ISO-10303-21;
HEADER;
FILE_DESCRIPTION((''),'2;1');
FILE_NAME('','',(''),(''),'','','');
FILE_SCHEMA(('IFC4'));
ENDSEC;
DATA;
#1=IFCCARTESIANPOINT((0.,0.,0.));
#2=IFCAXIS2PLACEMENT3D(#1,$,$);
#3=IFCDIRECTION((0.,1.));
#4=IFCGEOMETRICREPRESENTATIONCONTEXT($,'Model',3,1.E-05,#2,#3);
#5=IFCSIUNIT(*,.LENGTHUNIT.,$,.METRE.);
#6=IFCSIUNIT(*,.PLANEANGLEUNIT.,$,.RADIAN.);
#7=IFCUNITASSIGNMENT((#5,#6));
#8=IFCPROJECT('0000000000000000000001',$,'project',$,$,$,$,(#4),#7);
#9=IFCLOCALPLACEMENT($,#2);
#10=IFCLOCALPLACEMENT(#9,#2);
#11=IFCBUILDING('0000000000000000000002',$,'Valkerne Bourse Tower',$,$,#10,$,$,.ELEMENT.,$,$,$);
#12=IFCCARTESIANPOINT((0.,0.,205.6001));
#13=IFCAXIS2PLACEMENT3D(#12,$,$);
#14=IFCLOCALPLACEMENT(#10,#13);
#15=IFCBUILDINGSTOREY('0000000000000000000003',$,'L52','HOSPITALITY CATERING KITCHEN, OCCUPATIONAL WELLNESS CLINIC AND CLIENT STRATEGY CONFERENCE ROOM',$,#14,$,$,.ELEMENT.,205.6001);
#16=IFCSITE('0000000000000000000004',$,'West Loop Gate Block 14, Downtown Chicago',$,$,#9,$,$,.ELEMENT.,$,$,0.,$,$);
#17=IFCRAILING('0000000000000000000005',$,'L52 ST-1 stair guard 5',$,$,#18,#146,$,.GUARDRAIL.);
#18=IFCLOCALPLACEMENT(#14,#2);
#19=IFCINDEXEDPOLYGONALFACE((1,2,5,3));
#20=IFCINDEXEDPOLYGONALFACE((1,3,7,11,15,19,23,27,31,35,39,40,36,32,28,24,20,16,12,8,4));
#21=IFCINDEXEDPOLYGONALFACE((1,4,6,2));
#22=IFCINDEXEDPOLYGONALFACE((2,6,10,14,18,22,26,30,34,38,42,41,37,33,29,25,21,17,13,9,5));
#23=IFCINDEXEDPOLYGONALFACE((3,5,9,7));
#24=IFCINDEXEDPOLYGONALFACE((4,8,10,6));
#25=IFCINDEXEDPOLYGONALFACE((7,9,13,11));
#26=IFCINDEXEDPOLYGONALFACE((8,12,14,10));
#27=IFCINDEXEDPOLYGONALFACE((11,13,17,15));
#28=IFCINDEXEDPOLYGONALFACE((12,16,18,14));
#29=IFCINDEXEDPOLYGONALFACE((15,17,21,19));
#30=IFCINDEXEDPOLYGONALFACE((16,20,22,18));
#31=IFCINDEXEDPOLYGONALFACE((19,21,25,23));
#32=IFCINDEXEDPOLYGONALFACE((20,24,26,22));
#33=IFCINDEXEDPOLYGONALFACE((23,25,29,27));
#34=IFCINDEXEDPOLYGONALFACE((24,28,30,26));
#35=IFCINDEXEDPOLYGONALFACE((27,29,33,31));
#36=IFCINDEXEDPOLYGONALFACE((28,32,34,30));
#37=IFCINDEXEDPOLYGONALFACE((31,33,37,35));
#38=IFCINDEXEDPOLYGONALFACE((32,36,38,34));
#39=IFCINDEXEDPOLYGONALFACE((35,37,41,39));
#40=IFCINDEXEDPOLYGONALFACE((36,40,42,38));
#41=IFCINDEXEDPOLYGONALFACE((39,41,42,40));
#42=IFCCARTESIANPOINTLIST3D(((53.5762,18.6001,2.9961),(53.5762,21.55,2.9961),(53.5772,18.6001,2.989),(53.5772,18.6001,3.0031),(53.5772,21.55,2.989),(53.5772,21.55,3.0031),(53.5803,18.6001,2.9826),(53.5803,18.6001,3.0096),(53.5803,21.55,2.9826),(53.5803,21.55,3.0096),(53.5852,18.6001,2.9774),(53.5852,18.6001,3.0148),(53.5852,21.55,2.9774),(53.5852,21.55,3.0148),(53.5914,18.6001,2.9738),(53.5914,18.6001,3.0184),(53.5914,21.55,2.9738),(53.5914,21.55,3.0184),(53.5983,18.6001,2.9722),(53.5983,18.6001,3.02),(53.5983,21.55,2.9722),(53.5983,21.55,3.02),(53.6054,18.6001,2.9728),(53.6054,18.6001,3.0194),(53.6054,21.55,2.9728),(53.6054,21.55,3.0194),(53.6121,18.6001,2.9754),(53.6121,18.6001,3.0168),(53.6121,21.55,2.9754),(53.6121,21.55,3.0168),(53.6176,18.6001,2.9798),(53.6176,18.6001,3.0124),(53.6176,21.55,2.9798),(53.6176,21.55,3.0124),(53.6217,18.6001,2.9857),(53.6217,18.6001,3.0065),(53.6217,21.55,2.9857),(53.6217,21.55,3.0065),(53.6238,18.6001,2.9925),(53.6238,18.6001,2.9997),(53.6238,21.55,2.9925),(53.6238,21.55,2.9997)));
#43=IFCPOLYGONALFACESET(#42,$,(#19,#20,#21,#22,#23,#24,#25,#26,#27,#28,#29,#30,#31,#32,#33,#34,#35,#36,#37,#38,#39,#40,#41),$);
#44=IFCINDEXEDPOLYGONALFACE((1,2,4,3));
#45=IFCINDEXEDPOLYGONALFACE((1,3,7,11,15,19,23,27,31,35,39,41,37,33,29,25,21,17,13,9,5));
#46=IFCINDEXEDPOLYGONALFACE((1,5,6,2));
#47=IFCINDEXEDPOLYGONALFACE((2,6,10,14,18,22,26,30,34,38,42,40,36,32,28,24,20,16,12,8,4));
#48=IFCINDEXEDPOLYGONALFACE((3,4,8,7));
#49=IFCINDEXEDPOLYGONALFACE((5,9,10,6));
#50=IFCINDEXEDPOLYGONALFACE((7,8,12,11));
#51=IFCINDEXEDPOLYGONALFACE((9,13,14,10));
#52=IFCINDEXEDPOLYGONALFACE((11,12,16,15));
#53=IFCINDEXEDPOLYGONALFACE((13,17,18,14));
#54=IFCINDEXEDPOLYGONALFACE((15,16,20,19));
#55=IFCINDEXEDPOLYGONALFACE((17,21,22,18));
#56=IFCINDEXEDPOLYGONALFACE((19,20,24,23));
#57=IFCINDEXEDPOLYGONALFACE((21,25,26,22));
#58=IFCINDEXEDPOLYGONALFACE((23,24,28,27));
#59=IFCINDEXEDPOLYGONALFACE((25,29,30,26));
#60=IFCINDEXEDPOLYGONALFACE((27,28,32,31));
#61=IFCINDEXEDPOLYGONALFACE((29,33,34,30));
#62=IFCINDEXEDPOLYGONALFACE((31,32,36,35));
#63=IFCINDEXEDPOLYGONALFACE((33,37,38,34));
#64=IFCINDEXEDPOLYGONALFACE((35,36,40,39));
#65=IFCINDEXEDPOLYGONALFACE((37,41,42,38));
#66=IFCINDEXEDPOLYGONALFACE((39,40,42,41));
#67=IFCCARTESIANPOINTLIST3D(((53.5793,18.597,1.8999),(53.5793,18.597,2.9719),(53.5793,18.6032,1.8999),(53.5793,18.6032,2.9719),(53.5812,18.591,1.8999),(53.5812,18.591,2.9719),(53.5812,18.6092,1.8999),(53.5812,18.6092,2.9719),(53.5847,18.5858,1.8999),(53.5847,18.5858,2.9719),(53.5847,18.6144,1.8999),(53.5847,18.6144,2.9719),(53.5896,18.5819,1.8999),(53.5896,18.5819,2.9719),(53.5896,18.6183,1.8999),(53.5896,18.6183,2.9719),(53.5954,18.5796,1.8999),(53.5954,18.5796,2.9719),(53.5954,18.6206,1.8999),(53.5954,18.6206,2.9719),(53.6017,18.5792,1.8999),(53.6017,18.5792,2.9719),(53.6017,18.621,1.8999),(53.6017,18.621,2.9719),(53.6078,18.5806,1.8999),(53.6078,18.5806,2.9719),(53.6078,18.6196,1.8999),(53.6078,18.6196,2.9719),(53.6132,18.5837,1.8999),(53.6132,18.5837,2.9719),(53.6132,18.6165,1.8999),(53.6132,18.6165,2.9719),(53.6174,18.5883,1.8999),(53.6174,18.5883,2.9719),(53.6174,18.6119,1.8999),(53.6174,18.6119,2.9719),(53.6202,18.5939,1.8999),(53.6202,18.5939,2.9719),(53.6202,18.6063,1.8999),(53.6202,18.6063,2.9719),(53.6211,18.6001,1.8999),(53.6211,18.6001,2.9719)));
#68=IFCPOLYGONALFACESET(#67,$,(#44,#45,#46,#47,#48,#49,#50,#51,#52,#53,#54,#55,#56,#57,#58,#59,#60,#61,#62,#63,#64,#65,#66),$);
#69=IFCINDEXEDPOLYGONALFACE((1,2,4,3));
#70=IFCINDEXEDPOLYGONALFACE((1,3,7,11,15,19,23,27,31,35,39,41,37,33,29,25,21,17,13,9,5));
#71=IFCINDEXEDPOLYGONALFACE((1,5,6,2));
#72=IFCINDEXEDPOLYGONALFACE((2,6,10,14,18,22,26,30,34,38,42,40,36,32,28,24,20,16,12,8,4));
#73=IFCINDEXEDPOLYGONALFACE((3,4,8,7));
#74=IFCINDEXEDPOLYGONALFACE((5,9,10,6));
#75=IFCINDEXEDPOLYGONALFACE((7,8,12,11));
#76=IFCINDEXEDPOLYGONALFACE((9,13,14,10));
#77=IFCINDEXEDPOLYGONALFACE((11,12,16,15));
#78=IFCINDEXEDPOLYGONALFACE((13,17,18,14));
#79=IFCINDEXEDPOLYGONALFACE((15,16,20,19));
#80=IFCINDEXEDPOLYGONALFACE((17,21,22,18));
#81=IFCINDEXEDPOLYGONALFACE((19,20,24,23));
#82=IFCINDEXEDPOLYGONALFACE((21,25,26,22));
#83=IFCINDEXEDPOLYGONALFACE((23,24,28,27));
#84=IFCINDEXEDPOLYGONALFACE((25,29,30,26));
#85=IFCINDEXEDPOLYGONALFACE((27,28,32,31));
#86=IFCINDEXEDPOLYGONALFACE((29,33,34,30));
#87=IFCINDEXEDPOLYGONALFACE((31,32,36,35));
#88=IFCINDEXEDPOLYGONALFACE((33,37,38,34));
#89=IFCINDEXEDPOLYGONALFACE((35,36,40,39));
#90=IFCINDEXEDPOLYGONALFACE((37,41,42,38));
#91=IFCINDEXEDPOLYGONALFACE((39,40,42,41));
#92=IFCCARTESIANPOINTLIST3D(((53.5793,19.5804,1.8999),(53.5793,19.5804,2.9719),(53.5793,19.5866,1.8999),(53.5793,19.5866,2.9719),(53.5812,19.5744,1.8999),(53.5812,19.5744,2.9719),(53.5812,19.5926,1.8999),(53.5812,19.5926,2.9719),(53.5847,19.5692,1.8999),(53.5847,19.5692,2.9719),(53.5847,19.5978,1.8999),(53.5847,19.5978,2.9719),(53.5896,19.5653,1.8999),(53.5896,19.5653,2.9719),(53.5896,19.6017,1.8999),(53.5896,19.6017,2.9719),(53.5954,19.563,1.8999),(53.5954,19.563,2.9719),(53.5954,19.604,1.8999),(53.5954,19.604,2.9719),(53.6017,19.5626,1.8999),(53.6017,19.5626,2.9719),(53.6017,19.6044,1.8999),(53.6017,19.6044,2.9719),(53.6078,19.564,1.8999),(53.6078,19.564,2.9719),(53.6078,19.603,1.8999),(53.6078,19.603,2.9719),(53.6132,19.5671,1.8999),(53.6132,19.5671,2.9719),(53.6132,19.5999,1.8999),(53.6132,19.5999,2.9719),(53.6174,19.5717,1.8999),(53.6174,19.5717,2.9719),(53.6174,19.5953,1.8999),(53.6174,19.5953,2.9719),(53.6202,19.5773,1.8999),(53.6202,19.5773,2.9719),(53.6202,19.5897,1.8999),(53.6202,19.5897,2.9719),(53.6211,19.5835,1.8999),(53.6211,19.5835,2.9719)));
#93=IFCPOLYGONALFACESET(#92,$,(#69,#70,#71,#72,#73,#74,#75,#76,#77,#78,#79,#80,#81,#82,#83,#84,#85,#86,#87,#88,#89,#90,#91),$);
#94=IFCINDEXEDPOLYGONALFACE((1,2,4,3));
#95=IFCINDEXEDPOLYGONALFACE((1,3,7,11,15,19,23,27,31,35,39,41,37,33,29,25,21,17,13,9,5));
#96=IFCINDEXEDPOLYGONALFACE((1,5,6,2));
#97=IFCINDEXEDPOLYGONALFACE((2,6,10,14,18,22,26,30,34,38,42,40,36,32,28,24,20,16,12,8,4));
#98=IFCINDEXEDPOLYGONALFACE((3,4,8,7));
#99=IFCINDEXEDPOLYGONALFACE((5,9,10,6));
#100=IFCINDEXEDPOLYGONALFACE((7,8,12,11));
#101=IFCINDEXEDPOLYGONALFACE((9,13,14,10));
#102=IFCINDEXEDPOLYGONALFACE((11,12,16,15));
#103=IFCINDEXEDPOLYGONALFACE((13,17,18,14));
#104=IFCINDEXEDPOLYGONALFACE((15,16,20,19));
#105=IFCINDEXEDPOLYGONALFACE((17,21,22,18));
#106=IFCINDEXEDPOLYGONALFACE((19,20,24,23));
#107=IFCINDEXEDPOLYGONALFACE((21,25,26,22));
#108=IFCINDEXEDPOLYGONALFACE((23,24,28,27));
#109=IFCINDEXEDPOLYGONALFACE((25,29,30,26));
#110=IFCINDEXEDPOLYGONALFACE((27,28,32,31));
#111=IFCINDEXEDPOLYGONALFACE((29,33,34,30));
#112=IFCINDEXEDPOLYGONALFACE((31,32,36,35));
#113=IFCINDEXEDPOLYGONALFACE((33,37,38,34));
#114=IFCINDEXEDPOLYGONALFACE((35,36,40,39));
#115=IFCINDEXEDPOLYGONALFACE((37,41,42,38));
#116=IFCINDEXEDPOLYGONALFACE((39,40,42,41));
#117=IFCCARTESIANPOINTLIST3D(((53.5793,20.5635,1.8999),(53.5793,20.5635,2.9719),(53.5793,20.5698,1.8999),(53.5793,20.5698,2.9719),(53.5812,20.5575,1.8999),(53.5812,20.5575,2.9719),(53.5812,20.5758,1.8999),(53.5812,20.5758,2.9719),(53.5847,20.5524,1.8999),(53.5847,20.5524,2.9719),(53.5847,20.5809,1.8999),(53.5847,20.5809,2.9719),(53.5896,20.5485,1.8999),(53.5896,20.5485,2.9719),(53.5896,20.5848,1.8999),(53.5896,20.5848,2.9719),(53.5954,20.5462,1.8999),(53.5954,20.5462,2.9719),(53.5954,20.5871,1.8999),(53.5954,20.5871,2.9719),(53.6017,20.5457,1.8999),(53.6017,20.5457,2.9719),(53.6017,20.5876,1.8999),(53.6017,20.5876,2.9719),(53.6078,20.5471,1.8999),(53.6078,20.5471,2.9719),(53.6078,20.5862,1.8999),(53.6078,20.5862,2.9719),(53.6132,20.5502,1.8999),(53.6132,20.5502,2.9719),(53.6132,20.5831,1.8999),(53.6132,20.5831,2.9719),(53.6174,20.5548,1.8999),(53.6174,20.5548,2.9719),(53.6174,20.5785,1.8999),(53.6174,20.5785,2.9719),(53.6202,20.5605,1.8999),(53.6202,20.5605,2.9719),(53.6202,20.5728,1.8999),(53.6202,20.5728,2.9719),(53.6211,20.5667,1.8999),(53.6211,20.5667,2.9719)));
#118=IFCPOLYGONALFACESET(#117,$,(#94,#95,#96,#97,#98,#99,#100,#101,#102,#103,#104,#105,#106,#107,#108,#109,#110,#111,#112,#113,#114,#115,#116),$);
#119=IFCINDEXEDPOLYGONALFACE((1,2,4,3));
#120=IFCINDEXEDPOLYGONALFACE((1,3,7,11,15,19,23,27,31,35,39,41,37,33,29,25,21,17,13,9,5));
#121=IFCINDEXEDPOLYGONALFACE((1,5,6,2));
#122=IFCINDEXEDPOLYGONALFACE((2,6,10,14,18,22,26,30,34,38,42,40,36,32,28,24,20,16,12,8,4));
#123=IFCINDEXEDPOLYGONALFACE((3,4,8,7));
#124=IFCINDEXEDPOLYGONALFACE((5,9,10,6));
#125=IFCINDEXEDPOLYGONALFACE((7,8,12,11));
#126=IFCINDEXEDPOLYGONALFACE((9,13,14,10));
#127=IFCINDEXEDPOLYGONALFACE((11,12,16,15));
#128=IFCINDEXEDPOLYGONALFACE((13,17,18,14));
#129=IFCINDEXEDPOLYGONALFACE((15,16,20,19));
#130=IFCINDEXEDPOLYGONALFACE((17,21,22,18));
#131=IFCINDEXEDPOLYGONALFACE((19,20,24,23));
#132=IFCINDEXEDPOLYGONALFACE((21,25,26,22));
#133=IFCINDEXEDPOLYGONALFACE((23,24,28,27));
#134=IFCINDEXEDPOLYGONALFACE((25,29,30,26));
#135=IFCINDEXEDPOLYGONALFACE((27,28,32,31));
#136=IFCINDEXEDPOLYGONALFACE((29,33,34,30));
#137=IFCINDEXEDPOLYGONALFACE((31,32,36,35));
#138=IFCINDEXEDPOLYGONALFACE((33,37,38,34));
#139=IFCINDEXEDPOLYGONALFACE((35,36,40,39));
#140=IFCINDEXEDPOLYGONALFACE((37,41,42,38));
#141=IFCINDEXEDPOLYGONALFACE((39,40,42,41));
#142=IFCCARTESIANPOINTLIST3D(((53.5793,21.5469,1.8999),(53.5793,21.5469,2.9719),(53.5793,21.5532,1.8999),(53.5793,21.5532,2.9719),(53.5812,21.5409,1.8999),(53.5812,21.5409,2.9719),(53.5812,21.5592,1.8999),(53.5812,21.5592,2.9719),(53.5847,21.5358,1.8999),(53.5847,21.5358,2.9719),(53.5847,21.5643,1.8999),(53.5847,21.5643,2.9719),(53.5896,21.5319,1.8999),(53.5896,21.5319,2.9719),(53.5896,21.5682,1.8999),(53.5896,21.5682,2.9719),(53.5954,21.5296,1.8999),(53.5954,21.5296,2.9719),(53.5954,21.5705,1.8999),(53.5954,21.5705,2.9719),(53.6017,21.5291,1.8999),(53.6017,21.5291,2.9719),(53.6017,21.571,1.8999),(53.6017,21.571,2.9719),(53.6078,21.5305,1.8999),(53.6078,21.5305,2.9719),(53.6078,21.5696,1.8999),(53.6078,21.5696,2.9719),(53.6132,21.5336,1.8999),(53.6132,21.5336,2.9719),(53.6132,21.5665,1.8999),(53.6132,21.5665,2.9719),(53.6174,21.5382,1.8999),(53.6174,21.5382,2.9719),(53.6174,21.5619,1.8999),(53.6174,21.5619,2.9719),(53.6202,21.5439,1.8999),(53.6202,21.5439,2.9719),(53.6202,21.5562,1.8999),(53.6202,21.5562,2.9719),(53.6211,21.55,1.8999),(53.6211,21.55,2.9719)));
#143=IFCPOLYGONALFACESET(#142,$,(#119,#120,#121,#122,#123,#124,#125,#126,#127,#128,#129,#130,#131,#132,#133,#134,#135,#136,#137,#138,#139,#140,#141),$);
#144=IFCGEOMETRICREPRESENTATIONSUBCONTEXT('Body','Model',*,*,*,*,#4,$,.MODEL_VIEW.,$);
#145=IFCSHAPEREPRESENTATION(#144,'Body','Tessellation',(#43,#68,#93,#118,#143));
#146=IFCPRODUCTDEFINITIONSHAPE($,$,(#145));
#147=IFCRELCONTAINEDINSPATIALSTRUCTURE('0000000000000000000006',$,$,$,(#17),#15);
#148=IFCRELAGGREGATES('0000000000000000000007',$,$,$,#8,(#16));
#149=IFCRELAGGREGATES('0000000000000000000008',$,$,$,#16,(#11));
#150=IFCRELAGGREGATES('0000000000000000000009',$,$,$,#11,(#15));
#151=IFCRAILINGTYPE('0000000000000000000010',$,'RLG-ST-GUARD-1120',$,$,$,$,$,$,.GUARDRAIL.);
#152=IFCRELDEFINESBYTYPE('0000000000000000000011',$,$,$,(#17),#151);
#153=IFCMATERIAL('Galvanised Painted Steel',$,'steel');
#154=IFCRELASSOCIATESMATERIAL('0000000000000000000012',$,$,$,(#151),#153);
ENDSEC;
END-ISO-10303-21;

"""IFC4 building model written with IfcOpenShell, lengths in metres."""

from ifc_helpers import new_model, si_unit, direction, frame, origin, origin_2d, place, context, subcontext, project, spatial, circle, extrude, material, type_object, element, save


model = new_model("IFC4")

# Units and contexts
model_context = context("Model", 3, precision=1e-05, world=origin(), true_north=direction((0.0, 1.0)))
body_context = subcontext(model_context, "Body", "Model", "MODEL_VIEW")
ifc_project = project(units=[si_unit("LENGTHUNIT", "METRE"), si_unit("PLANEANGLEUNIT", "RADIAN")], contexts=[model_context])

# Site, building, storey
site_placement = place(None, origin())
site = spatial("IfcSite", under=ifc_project, at=site_placement, Name="West Loop Gate Block 14, Downtown Chicago", CompositionType="ELEMENT", RefElevation=0.0)
building_placement = place(site_placement, origin())
building = spatial("IfcBuilding", under=site, at=building_placement, Name="Valkerne Bourse Tower", CompositionType="ELEMENT")
storey_placement = place(building_placement, frame((0.0, 0.0, 205.6001)))
storey = spatial("IfcBuildingStorey", under=building, at=storey_placement, Name="L52", Description="HOSPITALITY CATERING KITCHEN, OCCUPATIONAL WELLNESS CLINIC AND CLIENT STRATEGY CONFERENCE ROOM", CompositionType="ELEMENT", Elevation=205.6001)

# Railing
ifc_material_1 = material(Name="Galvanised Painted Steel", Category="steel")
railing_type = type_object("IfcRailingType", Name="RLG-ST-GUARD-1120", PredefinedType="GUARDRAIL", material=ifc_material_1)
railing_1_placement = place(storey_placement, frame((53.6001, 18.6001, 1.8999)))
element("IfcRailing", 1, at=railing_1_placement, inside=storey, type_object=railing_type, Name="L52 ST-1 stair guard 5", PredefinedType="GUARDRAIL", context=body_context, shape_type="SweptSolid", body=[
    extrude(circle(Radius=0.0239, at=origin_2d()), frame((0.0, 0.0, 1.0962), z_axis=(0.0, 1.0, 0.0), x_axis=(-1.0, 0.0, 0.0)), (0.0, 0.0, 1.0), 2.95),
    extrude(circle(Radius=0.021, at=origin_2d()), origin(), (0.0, 0.0, 1.0), 1.072),
    extrude(circle(Radius=0.021, at=origin_2d()), frame((0.0, 0.9834, 0.0)), (0.0, 0.0, 1.0), 1.072),
    extrude(circle(Radius=0.021, at=origin_2d()), frame((0.0, 1.9666, 0.0)), (0.0, 0.0, 1.0), 1.072),
    extrude(circle(Radius=0.021, at=origin_2d()), frame((0.0, 2.95, 0.0)), (0.0, 0.0, 1.0), 1.072),
])

save(model, "model.ifc")
